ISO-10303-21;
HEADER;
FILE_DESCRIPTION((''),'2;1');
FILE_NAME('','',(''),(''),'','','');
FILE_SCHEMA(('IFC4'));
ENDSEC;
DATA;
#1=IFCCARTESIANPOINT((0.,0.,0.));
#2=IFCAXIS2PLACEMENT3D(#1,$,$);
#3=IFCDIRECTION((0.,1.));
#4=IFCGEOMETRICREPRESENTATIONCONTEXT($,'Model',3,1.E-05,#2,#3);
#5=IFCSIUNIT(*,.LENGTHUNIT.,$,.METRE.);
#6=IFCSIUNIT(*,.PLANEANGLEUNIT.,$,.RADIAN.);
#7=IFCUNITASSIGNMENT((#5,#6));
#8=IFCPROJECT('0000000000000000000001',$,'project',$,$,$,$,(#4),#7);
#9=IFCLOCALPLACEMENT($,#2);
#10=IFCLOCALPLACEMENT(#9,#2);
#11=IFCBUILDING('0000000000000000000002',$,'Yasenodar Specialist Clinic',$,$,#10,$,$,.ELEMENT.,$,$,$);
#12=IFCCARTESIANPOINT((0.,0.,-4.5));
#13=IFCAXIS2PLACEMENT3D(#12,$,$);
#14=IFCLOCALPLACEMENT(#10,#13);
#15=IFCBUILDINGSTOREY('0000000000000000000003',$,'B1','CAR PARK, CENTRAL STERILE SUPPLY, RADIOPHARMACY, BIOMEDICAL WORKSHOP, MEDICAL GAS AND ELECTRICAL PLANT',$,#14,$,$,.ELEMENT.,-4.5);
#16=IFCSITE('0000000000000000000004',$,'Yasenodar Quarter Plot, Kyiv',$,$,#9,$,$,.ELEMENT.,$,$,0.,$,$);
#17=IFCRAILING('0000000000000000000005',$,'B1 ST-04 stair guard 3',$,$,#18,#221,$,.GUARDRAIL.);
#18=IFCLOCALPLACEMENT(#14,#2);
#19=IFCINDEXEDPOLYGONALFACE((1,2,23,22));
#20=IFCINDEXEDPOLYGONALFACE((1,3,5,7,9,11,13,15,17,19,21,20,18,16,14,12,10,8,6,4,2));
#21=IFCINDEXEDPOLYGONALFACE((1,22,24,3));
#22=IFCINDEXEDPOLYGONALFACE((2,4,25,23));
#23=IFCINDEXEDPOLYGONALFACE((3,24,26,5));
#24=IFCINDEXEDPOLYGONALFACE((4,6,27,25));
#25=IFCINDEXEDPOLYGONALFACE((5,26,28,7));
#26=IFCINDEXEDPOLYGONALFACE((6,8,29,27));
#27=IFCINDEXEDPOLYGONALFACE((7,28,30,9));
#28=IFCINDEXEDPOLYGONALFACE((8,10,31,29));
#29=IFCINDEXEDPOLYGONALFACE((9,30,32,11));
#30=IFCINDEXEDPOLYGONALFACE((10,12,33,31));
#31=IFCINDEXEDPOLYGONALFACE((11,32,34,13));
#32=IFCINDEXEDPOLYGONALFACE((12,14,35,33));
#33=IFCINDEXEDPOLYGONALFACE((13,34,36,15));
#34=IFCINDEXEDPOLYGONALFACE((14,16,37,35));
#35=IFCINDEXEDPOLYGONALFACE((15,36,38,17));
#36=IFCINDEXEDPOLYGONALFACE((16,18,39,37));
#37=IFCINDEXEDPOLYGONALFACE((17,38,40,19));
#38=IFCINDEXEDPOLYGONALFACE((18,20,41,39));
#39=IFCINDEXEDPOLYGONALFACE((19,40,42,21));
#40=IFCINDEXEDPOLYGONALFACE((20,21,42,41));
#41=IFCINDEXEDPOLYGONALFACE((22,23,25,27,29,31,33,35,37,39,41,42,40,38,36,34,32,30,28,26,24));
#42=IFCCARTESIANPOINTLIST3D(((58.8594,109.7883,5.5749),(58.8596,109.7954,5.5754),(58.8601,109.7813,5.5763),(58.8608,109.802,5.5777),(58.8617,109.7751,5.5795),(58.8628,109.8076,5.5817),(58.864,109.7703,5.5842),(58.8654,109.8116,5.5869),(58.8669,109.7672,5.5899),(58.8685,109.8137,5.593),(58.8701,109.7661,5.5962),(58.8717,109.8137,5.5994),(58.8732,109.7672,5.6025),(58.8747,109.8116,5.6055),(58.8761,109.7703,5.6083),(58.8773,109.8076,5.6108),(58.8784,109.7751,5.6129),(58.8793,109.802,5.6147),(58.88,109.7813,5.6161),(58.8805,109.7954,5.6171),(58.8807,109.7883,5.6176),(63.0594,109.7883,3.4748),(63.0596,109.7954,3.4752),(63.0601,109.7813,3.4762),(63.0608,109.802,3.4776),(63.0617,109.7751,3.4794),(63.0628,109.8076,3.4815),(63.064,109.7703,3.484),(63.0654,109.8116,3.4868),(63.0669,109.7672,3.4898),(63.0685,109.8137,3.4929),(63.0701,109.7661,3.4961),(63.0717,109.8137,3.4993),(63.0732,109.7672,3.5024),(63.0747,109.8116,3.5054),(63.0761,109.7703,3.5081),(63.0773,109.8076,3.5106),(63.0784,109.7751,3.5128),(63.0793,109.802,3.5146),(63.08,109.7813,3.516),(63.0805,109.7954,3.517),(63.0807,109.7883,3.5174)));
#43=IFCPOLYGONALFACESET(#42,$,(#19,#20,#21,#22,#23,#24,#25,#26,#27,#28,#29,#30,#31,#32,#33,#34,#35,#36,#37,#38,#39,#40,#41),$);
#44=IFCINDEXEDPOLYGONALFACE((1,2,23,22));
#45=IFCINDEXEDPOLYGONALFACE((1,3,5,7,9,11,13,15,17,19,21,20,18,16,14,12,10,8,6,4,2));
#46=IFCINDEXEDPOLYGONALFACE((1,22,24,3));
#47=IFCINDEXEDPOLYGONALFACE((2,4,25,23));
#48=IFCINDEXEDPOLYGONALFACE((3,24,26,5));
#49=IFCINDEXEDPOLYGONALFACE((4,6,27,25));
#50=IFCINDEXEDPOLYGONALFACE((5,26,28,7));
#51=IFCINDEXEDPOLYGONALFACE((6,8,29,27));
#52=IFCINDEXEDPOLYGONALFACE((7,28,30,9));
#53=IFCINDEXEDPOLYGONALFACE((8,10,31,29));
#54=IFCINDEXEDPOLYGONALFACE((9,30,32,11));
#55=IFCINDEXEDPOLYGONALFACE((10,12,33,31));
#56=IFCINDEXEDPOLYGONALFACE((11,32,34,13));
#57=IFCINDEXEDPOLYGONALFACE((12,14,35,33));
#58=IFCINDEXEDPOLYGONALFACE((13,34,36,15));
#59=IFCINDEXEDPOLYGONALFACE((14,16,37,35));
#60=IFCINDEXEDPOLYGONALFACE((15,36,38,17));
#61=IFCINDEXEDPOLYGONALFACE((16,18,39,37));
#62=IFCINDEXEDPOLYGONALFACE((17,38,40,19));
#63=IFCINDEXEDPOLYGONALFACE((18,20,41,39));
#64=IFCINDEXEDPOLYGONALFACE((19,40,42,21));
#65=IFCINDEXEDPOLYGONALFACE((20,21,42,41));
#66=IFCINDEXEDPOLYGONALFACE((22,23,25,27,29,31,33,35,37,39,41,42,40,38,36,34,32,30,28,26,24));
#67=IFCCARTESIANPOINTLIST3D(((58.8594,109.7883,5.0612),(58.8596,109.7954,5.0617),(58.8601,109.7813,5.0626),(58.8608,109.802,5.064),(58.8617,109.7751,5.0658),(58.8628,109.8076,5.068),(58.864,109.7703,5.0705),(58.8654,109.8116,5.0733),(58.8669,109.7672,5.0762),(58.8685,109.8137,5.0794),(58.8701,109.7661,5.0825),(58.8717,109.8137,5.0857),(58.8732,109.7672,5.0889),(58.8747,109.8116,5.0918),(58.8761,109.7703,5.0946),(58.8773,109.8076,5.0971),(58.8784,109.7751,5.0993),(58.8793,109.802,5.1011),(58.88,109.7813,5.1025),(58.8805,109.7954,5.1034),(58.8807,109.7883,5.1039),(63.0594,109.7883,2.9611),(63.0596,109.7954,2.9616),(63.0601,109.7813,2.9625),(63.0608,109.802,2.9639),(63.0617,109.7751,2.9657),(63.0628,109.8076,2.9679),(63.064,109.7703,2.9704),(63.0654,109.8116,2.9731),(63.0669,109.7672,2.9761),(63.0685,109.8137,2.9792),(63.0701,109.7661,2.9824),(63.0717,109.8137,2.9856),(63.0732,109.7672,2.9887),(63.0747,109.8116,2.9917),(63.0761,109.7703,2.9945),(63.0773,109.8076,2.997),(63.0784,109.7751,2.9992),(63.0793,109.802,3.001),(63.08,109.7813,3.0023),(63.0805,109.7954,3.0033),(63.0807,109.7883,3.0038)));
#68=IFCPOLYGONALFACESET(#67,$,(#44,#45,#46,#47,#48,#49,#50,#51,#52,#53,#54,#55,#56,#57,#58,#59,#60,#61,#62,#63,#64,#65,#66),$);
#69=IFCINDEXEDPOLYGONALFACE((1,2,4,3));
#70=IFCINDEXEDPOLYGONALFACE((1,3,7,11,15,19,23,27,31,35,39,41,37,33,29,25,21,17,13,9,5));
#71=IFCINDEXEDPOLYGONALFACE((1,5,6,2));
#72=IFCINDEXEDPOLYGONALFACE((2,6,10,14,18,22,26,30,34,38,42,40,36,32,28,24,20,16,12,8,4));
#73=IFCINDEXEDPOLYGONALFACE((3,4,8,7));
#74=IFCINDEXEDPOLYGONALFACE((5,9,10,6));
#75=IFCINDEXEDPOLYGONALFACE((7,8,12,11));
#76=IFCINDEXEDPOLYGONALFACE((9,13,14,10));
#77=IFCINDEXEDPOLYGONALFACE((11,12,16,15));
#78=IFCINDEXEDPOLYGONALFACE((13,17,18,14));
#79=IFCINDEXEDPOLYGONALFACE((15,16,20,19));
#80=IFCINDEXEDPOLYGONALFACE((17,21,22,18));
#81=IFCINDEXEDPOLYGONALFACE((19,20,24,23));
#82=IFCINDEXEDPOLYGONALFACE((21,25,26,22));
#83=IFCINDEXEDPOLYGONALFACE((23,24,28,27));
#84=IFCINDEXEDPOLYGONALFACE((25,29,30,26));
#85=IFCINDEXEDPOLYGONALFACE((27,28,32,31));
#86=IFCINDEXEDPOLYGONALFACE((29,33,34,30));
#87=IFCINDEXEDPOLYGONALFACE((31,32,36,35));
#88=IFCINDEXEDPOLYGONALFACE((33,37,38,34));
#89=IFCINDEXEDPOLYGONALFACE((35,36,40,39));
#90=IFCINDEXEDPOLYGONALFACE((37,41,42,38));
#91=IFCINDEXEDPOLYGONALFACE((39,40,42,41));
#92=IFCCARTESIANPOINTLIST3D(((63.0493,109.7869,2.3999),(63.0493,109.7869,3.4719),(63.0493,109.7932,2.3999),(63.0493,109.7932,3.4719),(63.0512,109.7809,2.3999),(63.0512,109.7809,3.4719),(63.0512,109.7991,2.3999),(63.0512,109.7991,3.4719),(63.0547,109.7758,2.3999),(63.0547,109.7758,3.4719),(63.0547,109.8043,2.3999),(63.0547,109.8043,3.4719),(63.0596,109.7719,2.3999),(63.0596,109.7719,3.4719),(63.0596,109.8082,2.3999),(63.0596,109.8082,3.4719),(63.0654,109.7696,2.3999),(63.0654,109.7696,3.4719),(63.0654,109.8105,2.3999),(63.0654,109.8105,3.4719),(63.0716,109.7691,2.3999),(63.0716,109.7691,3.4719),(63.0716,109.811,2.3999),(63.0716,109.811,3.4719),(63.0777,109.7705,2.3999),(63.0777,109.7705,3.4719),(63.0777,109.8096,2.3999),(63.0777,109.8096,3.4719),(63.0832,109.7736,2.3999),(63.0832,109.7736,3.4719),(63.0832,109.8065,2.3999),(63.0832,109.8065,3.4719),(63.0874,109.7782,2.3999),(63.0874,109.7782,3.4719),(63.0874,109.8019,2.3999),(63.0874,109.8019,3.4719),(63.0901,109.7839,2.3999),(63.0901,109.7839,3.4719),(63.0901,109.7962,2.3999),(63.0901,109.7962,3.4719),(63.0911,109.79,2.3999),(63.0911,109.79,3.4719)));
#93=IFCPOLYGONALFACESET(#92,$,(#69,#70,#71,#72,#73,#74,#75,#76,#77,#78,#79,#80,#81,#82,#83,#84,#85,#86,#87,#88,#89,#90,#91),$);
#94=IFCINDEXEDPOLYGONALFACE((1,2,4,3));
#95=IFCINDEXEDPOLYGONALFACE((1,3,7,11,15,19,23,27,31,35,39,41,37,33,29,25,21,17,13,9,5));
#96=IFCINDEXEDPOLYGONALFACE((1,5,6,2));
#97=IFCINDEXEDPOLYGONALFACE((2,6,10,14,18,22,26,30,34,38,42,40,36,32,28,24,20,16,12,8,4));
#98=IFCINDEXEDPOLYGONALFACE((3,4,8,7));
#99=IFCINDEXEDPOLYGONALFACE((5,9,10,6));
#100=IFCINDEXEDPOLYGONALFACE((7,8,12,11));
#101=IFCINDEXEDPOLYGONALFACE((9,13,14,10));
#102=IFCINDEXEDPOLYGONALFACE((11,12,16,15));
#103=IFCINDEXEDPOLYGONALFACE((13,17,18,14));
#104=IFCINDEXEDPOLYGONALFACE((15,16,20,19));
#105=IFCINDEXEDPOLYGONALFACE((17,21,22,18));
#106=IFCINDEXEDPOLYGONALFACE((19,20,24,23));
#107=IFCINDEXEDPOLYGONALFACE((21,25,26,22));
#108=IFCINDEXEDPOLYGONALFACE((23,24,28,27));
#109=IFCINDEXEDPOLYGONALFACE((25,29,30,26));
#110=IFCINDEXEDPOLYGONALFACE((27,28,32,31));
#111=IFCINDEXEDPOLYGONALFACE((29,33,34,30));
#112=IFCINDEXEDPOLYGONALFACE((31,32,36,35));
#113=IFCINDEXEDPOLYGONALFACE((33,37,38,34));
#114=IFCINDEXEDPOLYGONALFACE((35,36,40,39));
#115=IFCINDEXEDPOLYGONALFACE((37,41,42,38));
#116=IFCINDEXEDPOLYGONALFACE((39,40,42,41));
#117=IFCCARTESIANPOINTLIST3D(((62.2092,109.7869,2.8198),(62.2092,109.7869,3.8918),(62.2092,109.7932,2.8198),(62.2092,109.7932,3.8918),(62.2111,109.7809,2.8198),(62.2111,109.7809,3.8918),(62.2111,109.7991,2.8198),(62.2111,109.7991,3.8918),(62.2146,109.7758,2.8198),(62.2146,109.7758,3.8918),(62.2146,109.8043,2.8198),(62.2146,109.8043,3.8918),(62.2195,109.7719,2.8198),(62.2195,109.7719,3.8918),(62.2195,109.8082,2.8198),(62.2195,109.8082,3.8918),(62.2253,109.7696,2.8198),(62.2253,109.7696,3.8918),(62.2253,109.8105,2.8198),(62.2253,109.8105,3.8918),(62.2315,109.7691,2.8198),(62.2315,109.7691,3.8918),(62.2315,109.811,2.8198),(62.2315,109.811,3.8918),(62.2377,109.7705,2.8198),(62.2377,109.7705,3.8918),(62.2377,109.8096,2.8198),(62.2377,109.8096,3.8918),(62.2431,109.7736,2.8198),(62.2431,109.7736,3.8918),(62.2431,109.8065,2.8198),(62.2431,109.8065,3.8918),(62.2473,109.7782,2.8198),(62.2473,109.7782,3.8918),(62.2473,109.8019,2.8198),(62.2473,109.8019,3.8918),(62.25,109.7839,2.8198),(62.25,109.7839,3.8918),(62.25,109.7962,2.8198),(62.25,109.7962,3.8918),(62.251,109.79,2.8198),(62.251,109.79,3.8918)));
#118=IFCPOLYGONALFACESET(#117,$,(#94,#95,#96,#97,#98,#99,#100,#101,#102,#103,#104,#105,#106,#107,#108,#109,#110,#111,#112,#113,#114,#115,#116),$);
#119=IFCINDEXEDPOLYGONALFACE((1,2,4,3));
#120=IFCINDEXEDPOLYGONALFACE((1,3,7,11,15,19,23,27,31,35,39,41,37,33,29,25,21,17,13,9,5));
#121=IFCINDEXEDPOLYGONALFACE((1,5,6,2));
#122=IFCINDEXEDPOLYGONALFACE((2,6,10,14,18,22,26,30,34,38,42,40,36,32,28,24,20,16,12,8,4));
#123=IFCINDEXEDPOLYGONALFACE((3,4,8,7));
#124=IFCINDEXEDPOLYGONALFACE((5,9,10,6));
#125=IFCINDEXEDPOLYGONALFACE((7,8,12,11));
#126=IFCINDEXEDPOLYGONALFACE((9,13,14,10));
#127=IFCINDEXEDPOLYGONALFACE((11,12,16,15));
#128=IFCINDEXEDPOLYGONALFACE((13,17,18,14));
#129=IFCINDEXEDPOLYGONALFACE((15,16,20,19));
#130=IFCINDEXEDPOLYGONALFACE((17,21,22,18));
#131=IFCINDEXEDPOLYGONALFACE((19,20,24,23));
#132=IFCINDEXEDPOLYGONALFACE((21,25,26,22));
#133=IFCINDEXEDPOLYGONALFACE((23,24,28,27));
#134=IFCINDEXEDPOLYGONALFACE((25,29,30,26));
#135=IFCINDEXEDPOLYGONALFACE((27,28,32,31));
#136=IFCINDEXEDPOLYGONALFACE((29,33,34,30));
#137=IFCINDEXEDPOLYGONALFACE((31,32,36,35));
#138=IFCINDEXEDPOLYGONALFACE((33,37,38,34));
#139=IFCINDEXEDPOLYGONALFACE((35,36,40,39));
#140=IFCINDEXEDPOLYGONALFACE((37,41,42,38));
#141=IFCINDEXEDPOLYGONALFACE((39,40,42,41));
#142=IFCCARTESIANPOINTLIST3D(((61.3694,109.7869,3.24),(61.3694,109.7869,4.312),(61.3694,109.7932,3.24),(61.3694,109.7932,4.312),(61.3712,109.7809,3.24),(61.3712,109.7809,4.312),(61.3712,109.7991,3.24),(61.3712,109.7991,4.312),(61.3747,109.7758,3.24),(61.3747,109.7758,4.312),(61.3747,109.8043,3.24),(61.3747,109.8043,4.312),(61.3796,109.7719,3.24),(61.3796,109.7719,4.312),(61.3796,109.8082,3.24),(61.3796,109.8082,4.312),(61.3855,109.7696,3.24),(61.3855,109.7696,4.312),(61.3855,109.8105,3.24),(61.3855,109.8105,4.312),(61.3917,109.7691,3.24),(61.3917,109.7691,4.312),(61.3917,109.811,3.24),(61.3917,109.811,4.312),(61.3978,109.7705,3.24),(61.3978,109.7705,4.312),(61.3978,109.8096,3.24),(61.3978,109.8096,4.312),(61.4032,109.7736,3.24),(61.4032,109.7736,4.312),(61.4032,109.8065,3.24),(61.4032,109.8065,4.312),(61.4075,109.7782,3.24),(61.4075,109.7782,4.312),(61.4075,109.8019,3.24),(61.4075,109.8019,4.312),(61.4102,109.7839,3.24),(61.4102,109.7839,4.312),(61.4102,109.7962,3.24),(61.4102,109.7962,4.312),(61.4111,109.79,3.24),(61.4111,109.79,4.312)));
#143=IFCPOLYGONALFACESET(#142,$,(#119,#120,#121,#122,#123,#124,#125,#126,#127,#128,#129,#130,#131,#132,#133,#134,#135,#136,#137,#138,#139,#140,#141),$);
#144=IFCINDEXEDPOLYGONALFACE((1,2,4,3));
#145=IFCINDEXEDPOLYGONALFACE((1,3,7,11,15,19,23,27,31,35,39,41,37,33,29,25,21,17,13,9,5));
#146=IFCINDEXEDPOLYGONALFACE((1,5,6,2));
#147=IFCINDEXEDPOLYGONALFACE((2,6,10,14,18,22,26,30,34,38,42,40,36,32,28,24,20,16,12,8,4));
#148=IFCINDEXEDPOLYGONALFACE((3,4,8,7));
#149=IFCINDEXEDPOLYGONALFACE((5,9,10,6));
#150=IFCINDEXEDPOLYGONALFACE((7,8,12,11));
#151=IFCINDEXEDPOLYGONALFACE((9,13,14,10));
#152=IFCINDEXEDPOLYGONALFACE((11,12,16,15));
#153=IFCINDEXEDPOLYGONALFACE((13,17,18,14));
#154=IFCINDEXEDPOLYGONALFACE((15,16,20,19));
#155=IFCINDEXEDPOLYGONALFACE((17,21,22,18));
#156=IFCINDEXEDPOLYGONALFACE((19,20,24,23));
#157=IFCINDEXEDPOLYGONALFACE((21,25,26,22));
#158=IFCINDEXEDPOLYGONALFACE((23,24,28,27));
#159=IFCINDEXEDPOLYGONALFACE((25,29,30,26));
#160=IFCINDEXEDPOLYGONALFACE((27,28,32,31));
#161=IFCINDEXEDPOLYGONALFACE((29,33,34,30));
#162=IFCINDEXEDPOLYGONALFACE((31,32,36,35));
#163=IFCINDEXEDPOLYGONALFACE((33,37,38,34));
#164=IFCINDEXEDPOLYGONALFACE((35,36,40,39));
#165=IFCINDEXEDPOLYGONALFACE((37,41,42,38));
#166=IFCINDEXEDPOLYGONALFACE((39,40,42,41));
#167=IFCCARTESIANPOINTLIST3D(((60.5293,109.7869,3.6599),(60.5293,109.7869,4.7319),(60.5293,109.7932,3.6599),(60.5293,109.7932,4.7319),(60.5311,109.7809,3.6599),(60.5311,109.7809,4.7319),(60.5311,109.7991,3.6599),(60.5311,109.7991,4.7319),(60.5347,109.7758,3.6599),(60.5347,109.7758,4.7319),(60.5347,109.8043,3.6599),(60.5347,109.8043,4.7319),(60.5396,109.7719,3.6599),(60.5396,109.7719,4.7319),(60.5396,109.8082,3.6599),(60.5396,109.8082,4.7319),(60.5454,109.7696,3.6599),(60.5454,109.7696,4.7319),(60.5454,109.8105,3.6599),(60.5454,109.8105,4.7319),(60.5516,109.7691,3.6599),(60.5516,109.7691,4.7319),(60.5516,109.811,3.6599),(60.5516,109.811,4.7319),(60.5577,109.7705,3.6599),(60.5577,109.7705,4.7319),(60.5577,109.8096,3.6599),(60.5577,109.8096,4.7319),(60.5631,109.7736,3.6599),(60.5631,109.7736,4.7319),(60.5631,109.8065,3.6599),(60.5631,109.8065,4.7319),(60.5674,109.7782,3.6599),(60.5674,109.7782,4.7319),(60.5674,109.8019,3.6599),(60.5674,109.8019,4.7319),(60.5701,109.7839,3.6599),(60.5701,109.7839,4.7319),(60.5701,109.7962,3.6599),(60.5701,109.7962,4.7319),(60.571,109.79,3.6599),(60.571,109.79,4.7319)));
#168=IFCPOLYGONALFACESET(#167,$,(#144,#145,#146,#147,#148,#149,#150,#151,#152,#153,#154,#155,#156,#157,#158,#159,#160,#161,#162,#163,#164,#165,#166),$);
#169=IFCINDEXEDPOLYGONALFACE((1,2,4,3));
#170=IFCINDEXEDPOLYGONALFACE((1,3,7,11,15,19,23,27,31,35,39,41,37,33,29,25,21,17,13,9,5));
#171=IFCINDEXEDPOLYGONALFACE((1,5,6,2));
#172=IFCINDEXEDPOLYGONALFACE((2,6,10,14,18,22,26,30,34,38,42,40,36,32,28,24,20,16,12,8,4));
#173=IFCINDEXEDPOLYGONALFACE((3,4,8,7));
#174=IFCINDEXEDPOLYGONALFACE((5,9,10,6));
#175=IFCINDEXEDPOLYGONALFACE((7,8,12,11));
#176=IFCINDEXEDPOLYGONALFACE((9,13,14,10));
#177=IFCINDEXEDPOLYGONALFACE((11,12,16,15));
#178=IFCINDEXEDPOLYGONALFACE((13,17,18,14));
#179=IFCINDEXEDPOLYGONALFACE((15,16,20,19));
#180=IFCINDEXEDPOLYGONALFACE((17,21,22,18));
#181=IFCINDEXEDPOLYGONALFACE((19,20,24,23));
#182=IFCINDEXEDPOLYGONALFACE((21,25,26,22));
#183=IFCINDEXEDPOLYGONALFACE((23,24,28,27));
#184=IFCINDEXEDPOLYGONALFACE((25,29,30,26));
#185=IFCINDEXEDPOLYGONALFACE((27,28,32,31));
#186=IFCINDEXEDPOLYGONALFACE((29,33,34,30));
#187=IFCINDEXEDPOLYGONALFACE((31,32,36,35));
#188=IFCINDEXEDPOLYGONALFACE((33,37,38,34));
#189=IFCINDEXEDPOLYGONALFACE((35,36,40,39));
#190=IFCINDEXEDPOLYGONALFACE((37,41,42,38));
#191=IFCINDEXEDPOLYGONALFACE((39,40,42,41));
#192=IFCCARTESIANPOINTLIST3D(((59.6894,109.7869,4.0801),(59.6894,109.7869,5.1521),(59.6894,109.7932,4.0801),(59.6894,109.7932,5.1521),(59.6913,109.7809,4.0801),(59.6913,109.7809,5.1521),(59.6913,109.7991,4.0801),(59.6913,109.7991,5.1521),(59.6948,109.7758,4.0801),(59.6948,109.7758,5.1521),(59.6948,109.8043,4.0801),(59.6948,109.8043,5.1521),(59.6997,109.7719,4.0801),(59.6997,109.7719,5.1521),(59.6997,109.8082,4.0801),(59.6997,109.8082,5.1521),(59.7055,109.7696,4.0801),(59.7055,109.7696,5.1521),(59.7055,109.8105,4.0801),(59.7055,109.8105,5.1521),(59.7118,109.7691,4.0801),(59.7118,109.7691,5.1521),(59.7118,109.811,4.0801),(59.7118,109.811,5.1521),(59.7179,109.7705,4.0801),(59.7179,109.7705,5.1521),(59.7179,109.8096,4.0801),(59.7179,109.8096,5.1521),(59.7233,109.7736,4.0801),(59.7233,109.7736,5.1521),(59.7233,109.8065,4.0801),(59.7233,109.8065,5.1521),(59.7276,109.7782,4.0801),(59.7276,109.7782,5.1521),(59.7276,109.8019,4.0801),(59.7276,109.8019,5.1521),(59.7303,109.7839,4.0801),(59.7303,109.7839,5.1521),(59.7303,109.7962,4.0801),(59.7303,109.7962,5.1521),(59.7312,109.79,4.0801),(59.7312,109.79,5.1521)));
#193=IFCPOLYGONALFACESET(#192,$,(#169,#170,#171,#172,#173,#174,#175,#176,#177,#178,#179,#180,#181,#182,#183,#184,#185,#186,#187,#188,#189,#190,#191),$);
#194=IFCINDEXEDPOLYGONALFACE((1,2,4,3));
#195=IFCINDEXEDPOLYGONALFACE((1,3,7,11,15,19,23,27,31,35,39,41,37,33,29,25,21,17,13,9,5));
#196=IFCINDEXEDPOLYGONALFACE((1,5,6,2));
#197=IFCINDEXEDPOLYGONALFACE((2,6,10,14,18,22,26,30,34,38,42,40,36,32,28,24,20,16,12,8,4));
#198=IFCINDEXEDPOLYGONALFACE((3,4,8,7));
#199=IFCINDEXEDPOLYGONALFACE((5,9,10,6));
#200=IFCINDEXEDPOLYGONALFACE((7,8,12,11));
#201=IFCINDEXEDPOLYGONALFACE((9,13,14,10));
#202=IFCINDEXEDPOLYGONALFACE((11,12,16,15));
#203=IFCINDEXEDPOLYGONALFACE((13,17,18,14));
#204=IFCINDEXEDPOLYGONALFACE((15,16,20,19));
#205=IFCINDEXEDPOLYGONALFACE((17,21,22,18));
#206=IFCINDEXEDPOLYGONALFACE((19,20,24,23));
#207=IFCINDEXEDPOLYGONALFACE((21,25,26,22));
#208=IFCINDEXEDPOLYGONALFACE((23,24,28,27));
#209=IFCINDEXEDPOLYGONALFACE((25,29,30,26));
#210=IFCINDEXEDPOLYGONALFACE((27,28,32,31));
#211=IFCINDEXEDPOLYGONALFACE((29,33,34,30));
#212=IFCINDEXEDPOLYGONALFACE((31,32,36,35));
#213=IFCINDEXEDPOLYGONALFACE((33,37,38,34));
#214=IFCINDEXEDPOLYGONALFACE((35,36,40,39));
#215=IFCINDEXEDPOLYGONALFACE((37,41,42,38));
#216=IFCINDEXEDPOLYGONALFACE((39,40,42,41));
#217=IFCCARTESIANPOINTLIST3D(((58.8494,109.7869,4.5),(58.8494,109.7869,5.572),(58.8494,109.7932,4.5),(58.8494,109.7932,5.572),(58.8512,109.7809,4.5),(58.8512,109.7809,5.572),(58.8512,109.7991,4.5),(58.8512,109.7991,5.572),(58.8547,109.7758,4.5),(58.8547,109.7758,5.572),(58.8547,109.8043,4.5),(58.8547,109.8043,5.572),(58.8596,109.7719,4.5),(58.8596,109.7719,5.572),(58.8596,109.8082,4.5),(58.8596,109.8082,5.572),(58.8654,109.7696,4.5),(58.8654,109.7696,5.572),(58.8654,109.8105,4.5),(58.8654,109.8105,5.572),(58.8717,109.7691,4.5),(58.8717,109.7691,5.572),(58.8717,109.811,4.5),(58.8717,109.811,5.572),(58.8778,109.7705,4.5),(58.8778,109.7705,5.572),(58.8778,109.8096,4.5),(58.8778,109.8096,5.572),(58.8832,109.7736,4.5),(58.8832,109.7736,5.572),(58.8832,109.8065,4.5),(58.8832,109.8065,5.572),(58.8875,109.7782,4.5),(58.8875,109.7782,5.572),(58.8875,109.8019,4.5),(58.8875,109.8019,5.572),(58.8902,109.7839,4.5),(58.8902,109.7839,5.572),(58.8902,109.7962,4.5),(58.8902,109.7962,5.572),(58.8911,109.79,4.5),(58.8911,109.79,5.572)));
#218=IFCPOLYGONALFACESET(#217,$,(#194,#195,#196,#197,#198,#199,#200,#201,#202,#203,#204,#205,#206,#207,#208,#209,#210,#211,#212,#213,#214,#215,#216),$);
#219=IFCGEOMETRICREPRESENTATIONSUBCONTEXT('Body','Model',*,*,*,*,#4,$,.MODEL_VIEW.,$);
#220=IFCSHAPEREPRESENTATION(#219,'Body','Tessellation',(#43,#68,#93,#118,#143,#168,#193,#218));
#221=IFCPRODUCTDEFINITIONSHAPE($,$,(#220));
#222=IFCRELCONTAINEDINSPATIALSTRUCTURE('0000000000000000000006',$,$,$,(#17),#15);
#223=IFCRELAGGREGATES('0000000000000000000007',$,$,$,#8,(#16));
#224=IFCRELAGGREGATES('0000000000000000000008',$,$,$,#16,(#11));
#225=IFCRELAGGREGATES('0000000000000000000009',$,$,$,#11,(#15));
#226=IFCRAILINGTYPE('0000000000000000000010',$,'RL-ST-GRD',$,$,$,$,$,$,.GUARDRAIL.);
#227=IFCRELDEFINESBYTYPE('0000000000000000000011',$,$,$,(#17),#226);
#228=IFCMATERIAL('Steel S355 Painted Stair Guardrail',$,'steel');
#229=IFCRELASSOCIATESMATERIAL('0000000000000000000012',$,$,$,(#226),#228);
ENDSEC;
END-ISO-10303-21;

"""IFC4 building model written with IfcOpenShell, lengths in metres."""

from ifc_helpers import new_model, si_unit, direction, frame, origin, origin_2d, place, context, subcontext, project, spatial, circle, extrude, material, type_object, element, save


model = new_model("IFC4")

# Units and contexts
model_context = context("Model", 3, precision=1e-05, world=origin(), true_north=direction((0.0, 1.0)))
body_context = subcontext(model_context, "Body", "Model", "MODEL_VIEW")
ifc_project = project(units=[si_unit("LENGTHUNIT", "METRE"), si_unit("PLANEANGLEUNIT", "RADIAN")], contexts=[model_context])

# Site, building, storey
site_placement = place(None, origin())
site = spatial("IfcSite", under=ifc_project, at=site_placement, Name="Yasenodar Quarter Plot, Kyiv", CompositionType="ELEMENT", RefElevation=0.0)
building_placement = place(site_placement, origin())
building = spatial("IfcBuilding", under=site, at=building_placement, Name="Yasenodar Specialist Clinic", CompositionType="ELEMENT")
storey_placement = place(building_placement, frame((0.0, 0.0, -4.5)))
storey = spatial("IfcBuildingStorey", under=building, at=storey_placement, Name="B1", Description="CAR PARK, CENTRAL STERILE SUPPLY, RADIOPHARMACY, BIOMEDICAL WORKSHOP, MEDICAL GAS AND ELECTRICAL PLANT", CompositionType="ELEMENT", Elevation=-4.5)

# Railing
ifc_material_1 = material(Name="Steel S355 Painted Stair Guardrail", Category="steel")
railing_type_1 = type_object("IfcRailingType", Name="RL-ST-GRD", PredefinedType="GUARDRAIL", material=ifc_material_1)
railing_1_placement = place(storey_placement, frame((63.0701, 109.79, 2.3999)))
element("IfcRailing", 1, at=railing_1_placement, inside=storey, type_object=railing_type_1, Name="B1 ST-04 stair guard 3", PredefinedType="GUARDRAIL", context=body_context, shape_type="SweptSolid", body=[
    extrude(circle(Radius=0.0239, at=origin_2d()), frame((0.0, 0.0, 1.0962), z_axis=(-0.894417, 0.0, 0.447234), x_axis=(0.0, -1.0, 0.0)), (0.0, 0.0, 1.0), 4.6958),
    extrude(circle(Radius=0.0239, at=origin_2d()), frame((0.0, 0.0, 0.5825), z_axis=(-0.894417, 0.0, 0.447234), x_axis=(0.0, -1.0, 0.0)), (0.0, 0.0, 1.0), 4.6958),
    extrude(circle(Radius=0.021, at=origin_2d()), origin(), (0.0, 0.0, 1.0), 1.072),
    extrude(circle(Radius=0.021, at=origin_2d()), frame((-0.8401, 0.0, 0.4199)), (0.0, 0.0, 1.0), 1.072),
    extrude(circle(Radius=0.021, at=origin_2d()), frame((-1.6799, 0.0, 0.8401)), (0.0, 0.0, 1.0), 1.072),
    extrude(circle(Radius=0.021, at=origin_2d()), frame((-2.52, 0.0, 1.26)), (0.0, 0.0, 1.0), 1.072),
    extrude(circle(Radius=0.021, at=origin_2d()), frame((-3.3599, 0.0, 1.6802)), (0.0, 0.0, 1.0), 1.072),
    extrude(circle(Radius=0.021, at=origin_2d()), frame((-4.2, 0.0, 2.1001)), (0.0, 0.0, 1.0), 1.072),
])

save(model, "model.ifc")
